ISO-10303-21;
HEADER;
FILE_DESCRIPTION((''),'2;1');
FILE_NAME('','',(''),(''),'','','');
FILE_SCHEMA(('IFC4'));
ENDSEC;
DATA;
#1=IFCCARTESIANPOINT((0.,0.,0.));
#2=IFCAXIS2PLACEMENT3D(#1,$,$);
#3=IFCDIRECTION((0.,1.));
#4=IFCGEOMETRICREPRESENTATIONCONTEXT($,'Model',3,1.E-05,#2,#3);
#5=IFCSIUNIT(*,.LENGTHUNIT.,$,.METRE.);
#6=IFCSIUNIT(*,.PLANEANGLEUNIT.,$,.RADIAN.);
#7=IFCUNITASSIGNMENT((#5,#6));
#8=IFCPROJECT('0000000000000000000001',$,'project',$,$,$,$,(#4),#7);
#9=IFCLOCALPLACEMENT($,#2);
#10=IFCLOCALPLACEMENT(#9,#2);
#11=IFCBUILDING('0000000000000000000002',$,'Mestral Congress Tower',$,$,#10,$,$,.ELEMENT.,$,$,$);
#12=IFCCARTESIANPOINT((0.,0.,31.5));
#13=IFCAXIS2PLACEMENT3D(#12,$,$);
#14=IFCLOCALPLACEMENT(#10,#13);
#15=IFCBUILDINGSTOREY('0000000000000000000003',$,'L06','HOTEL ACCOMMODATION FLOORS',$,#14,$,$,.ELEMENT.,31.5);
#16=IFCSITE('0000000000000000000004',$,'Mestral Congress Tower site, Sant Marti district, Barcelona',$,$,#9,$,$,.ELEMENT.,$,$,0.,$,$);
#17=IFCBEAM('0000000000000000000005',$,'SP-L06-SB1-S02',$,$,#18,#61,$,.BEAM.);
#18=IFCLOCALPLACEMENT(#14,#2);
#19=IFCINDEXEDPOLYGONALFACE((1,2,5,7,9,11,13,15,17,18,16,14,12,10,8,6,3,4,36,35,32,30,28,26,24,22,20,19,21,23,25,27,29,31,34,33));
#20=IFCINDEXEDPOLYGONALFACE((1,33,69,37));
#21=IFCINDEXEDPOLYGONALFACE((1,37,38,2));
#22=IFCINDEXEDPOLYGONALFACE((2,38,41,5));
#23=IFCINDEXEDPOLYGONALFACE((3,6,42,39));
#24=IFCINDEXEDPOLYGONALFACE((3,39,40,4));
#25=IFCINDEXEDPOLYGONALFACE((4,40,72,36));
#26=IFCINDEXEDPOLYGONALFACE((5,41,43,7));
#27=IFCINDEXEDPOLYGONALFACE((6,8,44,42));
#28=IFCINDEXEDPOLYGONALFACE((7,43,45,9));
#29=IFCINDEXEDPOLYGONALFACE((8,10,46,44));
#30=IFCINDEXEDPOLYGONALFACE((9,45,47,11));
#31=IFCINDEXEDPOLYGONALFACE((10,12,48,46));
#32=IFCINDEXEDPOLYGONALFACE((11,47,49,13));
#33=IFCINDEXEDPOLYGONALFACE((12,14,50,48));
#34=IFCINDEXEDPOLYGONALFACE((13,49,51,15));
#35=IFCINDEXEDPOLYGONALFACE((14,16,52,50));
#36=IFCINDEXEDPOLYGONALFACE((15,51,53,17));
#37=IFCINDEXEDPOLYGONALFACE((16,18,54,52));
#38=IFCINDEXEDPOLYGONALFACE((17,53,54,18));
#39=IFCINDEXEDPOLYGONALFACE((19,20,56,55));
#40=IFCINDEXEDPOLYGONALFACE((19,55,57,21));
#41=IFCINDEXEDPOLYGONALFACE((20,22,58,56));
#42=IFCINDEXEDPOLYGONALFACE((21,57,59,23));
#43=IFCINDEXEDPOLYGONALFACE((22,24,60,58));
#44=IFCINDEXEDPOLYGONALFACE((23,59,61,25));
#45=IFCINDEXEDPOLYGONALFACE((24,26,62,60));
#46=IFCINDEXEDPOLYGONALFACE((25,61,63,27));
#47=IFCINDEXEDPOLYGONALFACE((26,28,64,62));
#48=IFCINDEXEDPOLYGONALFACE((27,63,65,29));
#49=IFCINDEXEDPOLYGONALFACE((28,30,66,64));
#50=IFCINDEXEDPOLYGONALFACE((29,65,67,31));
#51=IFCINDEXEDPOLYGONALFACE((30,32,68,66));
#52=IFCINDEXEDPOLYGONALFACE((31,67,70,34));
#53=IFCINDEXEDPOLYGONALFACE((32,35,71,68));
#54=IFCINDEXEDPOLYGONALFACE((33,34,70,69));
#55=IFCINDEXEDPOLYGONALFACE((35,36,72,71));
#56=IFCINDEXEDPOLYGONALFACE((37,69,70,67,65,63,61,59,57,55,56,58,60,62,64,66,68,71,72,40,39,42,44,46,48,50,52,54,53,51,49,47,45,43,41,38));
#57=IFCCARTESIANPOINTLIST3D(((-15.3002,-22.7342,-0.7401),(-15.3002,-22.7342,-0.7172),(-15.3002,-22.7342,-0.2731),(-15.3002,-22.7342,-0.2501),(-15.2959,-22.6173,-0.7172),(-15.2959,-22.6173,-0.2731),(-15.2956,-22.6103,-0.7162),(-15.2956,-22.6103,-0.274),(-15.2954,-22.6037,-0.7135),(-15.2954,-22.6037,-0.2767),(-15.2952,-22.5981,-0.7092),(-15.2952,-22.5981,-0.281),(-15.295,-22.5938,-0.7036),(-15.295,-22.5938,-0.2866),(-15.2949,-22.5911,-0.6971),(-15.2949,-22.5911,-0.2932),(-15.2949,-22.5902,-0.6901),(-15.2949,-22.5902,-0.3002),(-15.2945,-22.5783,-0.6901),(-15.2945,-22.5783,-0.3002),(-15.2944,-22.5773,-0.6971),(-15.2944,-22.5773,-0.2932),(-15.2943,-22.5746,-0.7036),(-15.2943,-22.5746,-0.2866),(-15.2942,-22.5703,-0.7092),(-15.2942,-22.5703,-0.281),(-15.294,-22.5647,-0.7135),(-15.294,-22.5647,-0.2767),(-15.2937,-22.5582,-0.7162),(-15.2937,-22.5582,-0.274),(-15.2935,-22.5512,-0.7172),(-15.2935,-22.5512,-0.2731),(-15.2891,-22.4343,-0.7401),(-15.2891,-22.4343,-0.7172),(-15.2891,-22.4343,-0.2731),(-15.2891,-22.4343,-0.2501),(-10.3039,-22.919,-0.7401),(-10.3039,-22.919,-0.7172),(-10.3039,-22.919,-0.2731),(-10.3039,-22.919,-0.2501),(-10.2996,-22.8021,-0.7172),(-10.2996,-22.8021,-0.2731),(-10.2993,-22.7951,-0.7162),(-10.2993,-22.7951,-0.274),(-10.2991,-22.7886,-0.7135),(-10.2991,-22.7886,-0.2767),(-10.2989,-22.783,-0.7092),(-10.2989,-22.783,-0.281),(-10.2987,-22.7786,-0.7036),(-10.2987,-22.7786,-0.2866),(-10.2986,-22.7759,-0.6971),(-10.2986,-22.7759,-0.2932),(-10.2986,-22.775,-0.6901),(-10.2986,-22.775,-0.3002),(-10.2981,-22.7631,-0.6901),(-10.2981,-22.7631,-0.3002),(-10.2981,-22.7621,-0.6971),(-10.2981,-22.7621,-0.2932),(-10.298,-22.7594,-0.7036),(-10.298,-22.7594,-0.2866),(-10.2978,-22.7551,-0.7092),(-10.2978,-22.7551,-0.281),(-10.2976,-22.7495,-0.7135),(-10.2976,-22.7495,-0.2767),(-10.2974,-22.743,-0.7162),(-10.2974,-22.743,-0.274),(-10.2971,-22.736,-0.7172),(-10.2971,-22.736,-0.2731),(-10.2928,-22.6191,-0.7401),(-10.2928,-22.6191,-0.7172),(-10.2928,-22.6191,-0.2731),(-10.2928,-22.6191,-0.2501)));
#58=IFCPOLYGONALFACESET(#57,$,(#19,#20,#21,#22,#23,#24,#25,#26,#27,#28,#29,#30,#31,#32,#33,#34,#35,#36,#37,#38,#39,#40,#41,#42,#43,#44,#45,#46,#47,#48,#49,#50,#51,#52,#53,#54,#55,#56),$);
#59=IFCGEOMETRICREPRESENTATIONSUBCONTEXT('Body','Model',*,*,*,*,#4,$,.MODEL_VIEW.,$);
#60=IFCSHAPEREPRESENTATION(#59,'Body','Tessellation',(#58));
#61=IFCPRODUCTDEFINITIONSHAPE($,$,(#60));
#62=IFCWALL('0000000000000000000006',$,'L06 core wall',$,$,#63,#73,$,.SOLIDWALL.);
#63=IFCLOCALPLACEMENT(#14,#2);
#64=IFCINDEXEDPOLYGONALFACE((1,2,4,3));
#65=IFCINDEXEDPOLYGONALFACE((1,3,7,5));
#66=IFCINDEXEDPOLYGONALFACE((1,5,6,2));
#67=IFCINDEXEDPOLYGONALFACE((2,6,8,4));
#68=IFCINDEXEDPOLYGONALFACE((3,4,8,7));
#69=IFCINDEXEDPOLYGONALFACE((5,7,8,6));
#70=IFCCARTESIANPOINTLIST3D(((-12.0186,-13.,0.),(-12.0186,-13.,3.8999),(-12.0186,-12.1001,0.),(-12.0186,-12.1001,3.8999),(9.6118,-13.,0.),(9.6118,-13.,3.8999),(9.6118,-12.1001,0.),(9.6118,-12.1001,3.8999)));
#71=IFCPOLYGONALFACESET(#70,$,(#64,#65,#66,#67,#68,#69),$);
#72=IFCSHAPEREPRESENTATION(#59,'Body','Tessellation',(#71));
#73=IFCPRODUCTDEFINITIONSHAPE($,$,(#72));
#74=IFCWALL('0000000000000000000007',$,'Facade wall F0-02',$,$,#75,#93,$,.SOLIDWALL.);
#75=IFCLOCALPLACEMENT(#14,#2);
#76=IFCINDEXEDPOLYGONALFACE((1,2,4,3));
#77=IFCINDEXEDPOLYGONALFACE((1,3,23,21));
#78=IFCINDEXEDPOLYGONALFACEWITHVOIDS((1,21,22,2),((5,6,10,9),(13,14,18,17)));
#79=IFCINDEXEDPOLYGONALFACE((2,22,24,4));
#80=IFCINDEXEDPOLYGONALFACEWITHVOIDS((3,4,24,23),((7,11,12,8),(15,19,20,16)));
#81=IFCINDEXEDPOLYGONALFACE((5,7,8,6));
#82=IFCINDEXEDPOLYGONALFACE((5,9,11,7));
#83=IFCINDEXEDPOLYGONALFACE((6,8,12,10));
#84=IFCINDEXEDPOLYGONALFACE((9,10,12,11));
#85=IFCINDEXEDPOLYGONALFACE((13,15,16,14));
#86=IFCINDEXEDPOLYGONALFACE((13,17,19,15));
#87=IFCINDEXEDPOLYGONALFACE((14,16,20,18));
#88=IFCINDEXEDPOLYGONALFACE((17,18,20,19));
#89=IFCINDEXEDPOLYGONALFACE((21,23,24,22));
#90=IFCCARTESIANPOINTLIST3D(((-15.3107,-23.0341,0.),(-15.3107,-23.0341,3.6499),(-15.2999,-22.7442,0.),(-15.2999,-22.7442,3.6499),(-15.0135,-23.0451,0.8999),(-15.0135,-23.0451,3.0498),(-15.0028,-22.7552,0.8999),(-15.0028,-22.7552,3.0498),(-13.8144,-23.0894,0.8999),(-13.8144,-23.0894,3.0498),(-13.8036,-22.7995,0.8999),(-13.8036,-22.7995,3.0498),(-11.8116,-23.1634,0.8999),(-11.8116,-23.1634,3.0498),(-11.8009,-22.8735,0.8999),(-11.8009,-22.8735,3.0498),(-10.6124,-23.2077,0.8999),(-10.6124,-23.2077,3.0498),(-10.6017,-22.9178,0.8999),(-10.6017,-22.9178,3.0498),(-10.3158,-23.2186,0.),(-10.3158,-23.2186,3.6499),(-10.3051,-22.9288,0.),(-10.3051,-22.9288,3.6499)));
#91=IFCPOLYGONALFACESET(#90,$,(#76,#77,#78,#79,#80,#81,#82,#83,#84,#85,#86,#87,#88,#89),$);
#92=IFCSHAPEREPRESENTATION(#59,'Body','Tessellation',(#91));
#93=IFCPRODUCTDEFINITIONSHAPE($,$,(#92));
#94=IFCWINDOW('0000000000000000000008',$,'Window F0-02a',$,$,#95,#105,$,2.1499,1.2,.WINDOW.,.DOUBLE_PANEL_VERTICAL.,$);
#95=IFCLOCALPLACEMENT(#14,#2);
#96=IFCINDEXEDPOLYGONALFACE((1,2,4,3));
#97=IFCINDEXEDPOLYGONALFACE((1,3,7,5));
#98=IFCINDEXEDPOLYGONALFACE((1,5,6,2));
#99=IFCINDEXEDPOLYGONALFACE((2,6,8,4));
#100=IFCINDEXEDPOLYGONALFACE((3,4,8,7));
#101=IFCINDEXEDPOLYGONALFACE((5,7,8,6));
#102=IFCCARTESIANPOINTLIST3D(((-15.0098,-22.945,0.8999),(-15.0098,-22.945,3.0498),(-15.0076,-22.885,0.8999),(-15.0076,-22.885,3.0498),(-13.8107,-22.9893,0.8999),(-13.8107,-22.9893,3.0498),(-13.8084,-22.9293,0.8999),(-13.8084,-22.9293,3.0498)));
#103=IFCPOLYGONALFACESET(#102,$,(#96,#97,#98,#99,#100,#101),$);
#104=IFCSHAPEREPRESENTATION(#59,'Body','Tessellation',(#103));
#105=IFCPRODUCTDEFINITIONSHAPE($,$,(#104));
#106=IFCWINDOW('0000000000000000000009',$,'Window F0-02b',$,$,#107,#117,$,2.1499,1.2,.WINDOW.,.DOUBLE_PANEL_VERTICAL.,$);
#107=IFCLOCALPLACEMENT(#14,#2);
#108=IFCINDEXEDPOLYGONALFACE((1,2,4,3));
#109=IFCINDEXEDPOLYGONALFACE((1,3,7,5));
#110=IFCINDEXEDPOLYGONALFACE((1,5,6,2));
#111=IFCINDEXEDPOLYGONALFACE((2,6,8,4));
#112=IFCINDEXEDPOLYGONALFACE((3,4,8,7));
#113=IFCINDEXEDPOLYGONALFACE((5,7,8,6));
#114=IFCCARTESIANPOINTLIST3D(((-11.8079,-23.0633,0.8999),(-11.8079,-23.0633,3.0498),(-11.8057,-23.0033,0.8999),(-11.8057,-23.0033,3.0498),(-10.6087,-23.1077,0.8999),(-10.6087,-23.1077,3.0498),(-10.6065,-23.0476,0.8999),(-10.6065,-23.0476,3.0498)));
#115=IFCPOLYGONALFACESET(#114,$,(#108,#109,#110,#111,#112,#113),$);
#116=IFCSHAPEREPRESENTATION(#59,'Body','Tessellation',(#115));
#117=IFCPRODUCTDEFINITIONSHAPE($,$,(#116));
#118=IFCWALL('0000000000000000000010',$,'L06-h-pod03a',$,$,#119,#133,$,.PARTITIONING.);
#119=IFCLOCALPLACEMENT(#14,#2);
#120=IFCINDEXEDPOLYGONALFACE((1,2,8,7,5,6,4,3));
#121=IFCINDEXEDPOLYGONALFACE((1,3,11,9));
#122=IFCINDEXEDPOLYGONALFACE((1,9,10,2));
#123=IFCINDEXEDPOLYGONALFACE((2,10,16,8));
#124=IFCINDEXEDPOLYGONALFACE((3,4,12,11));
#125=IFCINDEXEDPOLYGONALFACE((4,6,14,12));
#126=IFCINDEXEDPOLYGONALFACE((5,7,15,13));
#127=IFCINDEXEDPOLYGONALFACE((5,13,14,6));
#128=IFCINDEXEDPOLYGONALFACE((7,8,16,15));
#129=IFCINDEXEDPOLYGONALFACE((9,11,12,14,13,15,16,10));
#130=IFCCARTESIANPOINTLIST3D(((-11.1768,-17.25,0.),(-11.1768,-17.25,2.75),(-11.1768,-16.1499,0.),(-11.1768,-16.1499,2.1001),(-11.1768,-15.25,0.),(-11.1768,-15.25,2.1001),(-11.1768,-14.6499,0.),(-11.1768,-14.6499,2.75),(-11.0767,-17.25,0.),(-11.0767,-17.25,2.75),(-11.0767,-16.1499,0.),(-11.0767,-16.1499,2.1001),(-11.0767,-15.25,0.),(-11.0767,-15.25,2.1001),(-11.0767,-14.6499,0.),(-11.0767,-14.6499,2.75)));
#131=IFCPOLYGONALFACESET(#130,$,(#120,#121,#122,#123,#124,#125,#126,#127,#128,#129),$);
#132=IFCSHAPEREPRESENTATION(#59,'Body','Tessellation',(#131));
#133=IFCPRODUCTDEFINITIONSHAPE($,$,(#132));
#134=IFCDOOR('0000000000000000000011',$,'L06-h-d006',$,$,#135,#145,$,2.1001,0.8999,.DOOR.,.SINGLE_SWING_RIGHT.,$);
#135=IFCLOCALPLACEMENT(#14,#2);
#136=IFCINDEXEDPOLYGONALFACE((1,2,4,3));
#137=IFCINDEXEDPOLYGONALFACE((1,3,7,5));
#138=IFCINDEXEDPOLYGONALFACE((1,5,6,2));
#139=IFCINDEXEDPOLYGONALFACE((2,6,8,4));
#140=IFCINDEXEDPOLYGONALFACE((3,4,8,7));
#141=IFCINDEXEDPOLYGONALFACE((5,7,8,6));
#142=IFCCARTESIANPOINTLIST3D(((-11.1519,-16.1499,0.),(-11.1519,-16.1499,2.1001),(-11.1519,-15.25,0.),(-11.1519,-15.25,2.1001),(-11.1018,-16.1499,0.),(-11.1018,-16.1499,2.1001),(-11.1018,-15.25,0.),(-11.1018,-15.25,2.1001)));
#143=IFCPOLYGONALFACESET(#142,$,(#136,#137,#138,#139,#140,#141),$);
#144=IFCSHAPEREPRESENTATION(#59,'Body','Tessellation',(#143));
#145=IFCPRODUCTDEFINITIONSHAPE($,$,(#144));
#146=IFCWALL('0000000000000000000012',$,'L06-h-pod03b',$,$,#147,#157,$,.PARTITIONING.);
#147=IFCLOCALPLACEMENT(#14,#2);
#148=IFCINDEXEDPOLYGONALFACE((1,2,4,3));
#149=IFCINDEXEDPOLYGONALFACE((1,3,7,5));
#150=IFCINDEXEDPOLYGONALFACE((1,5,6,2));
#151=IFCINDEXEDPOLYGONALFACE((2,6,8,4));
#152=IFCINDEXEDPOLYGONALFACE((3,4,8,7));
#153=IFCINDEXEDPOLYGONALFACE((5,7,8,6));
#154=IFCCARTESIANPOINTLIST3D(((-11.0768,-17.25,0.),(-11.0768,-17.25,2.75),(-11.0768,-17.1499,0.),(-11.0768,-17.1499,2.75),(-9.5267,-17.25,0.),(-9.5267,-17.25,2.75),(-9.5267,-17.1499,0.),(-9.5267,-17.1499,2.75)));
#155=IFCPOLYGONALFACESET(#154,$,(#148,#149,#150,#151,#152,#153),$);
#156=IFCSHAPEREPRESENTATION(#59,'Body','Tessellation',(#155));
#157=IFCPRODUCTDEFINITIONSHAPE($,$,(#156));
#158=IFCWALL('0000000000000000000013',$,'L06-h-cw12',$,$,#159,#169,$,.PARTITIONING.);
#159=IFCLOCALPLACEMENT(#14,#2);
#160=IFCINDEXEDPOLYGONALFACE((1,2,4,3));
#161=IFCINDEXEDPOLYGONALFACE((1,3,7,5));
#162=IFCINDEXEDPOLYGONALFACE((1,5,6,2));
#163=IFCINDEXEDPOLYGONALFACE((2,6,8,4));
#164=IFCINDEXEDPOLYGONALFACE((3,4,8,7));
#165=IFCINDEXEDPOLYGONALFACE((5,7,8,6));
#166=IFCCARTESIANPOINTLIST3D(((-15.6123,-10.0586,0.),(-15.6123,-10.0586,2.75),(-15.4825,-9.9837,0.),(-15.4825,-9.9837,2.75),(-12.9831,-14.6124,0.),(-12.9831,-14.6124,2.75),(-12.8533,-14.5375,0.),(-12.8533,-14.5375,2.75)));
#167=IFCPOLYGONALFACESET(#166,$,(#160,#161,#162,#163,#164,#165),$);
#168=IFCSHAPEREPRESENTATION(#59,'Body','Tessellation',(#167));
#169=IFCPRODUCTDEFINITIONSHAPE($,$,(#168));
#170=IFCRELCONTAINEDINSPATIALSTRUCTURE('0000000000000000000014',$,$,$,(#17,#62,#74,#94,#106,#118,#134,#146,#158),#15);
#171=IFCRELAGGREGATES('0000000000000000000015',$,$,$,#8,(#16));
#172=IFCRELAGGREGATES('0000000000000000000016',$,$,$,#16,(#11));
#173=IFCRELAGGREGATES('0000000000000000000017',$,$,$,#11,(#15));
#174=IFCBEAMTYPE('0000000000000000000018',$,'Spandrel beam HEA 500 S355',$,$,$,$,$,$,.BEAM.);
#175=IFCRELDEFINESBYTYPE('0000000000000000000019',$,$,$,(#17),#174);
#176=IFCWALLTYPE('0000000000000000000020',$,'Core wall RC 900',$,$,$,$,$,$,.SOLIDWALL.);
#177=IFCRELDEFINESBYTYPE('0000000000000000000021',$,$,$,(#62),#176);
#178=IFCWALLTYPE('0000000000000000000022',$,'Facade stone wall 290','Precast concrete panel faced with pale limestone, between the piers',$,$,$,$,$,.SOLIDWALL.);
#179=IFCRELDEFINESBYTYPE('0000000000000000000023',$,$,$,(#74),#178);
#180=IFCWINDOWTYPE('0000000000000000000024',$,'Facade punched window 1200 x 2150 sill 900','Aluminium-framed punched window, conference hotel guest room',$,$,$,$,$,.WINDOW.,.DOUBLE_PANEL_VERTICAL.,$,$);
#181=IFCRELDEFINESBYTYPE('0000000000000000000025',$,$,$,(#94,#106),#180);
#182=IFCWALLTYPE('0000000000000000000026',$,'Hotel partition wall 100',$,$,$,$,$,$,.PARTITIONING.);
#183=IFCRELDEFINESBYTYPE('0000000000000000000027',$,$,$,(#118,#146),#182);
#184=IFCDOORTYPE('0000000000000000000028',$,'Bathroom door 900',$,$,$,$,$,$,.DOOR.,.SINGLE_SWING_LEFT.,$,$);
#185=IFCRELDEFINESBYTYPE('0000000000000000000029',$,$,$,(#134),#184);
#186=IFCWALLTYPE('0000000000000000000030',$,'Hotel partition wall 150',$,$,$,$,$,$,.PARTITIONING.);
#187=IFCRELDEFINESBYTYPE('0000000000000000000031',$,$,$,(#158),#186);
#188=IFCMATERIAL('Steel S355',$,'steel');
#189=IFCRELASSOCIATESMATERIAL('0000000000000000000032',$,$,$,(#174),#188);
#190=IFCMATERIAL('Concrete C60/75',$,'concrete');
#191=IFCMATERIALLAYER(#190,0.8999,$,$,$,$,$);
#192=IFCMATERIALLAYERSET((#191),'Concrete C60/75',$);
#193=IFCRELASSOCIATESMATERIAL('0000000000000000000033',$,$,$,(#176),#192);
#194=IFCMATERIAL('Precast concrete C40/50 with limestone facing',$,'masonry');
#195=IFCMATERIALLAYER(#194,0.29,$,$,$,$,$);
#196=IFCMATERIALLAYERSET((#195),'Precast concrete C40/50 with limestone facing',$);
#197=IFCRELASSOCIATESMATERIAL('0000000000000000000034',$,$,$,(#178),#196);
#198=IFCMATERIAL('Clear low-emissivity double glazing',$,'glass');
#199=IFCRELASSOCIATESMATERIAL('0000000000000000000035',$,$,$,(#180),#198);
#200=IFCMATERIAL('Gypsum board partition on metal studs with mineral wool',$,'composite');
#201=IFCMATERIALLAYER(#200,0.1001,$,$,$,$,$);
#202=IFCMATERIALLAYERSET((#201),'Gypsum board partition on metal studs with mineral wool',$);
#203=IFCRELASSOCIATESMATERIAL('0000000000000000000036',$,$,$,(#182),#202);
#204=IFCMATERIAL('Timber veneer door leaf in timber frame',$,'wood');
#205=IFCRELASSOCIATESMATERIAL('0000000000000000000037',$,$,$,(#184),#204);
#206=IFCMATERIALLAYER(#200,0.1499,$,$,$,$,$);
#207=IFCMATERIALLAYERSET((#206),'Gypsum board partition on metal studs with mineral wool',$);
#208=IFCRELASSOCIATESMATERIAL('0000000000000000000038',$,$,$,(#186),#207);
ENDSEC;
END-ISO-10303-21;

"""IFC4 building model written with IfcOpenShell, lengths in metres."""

from ifc_helpers import new_model, si_unit, direction, frame, frame_2d, origin, origin_2d, place, context, subcontext, project, spatial, rectangle, i_section, extrude, material, layer, layer_set, material_profile, profile_set, type_object, element, fill, save


model = new_model("IFC4")

# Units and contexts
model_context = context("Model", 3, precision=1e-05, world=origin(), true_north=direction((0.0, 1.0)))
body_context = subcontext(model_context, "Body", "Model", "MODEL_VIEW")
ifc_project = project(units=[si_unit("LENGTHUNIT", "METRE"), si_unit("PLANEANGLEUNIT", "RADIAN")], contexts=[model_context])

# Site, building, storey
site_placement = place(None, origin())
site = spatial("IfcSite", under=ifc_project, at=site_placement, Name="Mestral Congress Tower site, Sant Marti district, Barcelona", CompositionType="ELEMENT", RefElevation=0.0)
building_placement = place(site_placement, origin())
building = spatial("IfcBuilding", under=site, at=building_placement, Name="Mestral Congress Tower", CompositionType="ELEMENT")
storey_placement = place(building_placement, frame((0.0, 0.0, 31.5)))
storey = spatial("IfcBuildingStorey", under=building, at=storey_placement, Name="L06", Description="HOTEL ACCOMMODATION FLOORS", CompositionType="ELEMENT", Elevation=31.5)

# Beam
ifc_material_1 = material(Name="Steel S355", Category="steel")
ifc_material_profile_1 = material_profile(ifc_material_1, i_section(OverallWidth=0.3, OverallDepth=0.49, WebThickness=0.012, FlangeThickness=0.0229, FilletRadius=0.0271, at=origin_2d()), Name="HEA 500")
ifc_profile_set_1 = profile_set([ifc_material_profile_1], Name="Steel S355")
beam_type_1 = type_object("IfcBeamType", Name="Spandrel beam HEA 500 S355", PredefinedType="BEAM", material=ifc_profile_set_1)
beam_1_placement = place(storey_placement, frame((-15.2947, -22.5842, -0.4951), z_axis=(0.999317, -0.036965, 0.0), x_axis=(0.036965, 0.999317, 0.0)))
element("IfcBeam", 1, at=beam_1_placement, inside=storey, type_object=beam_type_1, Name="SP-L06-SB1-S02", PredefinedType="BEAM", context=body_context, shape_type="SweptSolid", body=[
    extrude(i_section(OverallWidth=0.3, OverallDepth=0.49, WebThickness=0.012, FlangeThickness=0.0229, FilletRadius=0.0271, at=origin_2d()), origin(), (0.0, 0.0, 1.0), 4.9998),
])

# Wall
ifc_material_2 = material(Name="Concrete C60/75", Category="concrete")
ifc_layer_1 = layer(ifc_material_2, 0.8999)
ifc_layer_set_1 = layer_set([ifc_layer_1], Name="Concrete C60/75")
wall_type_1 = type_object("IfcWallType", Name="Core wall RC 900", PredefinedType="SOLIDWALL", material=ifc_layer_set_1)
wall_1_placement = place(storey_placement, frame((-12.0186, -12.55, 0.0), z_axis=(0.0, 0.0, 1.0), x_axis=(1.0, 0.0, 0.0)))
element("IfcWall", 2, at=wall_1_placement, inside=storey, type_object=wall_type_1, Name="L06 core wall", PredefinedType="SOLIDWALL", context=body_context, shape_type="SweptSolid", body=[
    extrude(rectangle(XDim=21.6304, YDim=0.8999, at=frame_2d((10.8152, 0.0))), origin(), (0.0, 0.0, 1.0), 3.8999),
])

# Wall, openings, windows
ifc_material_3 = material(Name="Precast concrete C40/50 with limestone facing", Category="masonry")
ifc_layer_2 = layer(ifc_material_3, 0.29)
ifc_layer_set_2 = layer_set([ifc_layer_2], Name="Precast concrete C40/50 with limestone facing")
wall_type_2 = type_object("IfcWallType", Name="Facade stone wall 290", Description="Precast concrete panel faced with pale limestone, between the piers", PredefinedType="SOLIDWALL", material=ifc_layer_set_2)
wall_2_placement = place(storey_placement, frame((-15.3052, -22.8892, 0.0), z_axis=(0.0, 0.0, 1.0), x_axis=(0.999318, -0.036927, 0.0)))
wall_2 = element("IfcWall", 3, at=wall_2_placement, inside=storey, type_object=wall_type_2, Name="Facade wall F0-02", PredefinedType="SOLIDWALL", context=body_context, shape_type="SweptSolid", body=[
    extrude(rectangle(XDim=4.9983, YDim=0.29, at=frame_2d((2.499, 0.0))), origin(), (0.0, 0.0, 1.0), 3.6499),
])
opening_1_placement = place(wall_2_placement, frame((0.2971, 0.0, 0.8999)))
opening_1 = element("IfcOpeningElement", 4, at=opening_1_placement, cuts=wall_2, PredefinedType="OPENING", context=body_context, shape_type="SweptSolid", body=[
    extrude(rectangle(XDim=1.2, YDim=2.1499, at=frame_2d((0.6001, 1.075))), frame((0.0, 0.155, 0.0), z_axis=(0.0, -1.0, 0.0), x_axis=(1.0, 0.0, 0.0)), (0.0, 0.0, 1.0), 0.3101),
])
opening_2_placement = place(wall_2_placement, frame((3.5012, 0.0, 0.8999)))
opening_2 = element("IfcOpeningElement", 5, at=opening_2_placement, cuts=wall_2, PredefinedType="OPENING", context=body_context, shape_type="SweptSolid", body=[
    extrude(rectangle(XDim=1.2, YDim=2.1499, at=frame_2d((0.6001, 1.075))), frame((0.0, 0.155, 0.0), z_axis=(0.0, -1.0, 0.0), x_axis=(1.0, 0.0, 0.0)), (0.0, 0.0, 1.0), 0.3101),
])
ifc_material_4 = material(Name="Clear low-emissivity double glazing", Category="glass")
window_type = type_object("IfcWindowType", Name="Facade punched window 1200 x 2150 sill 900", Description="Aluminium-framed punched window, conference hotel guest room", PartitioningType="DOUBLE_PANEL_VERTICAL", PredefinedType="WINDOW", material=ifc_material_4)
window_1_placement = place(opening_1_placement, origin())
window_1 = element("IfcWindow", 6, at=window_1_placement, inside=storey, type_object=window_type, Name="Window F0-02a", OverallHeight=2.1499, OverallWidth=1.2, PartitioningType="DOUBLE_PANEL_VERTICAL", PredefinedType="WINDOW", context=body_context, shape_type="SweptSolid", body=[
    extrude(rectangle(XDim=1.2, YDim=2.1499, at=frame_2d((0.6001, 1.075))), frame((0.0, 0.0151, 0.0), z_axis=(0.0, -1.0, 0.0), x_axis=(1.0, 0.0, 0.0)), (0.0, 0.0, 1.0), 0.0601),
])
fill(opening_1, window_1)
window_2_placement = place(opening_2_placement, origin())
window_2 = element("IfcWindow", 7, at=window_2_placement, inside=storey, type_object=window_type, Name="Window F0-02b", OverallHeight=2.1499, OverallWidth=1.2, PartitioningType="DOUBLE_PANEL_VERTICAL", PredefinedType="WINDOW", context=body_context, shape_type="SweptSolid", body=[
    extrude(rectangle(XDim=1.2, YDim=2.1499, at=frame_2d((0.6001, 1.075))), frame((0.0, 0.0151, 0.0), z_axis=(0.0, -1.0, 0.0), x_axis=(1.0, 0.0, 0.0)), (0.0, 0.0, 1.0), 0.0601),
])
fill(opening_2, window_2)

# Wall, opening, door
ifc_material_5 = material(Name="Gypsum board partition on metal studs with mineral wool", Category="composite")
ifc_layer_3 = layer(ifc_material_5, 0.1001)
ifc_layer_set_3 = layer_set([ifc_layer_3], Name="Gypsum board partition on metal studs with mineral wool")
wall_type_3 = type_object("IfcWallType", Name="Hotel partition wall 100", PredefinedType="PARTITIONING", material=ifc_layer_set_3)
wall_3_placement = place(storey_placement, frame((-11.1267, -14.6499, 0.0), z_axis=(0.0, 0.0, 1.0), x_axis=(0.0, -1.0, 0.0)))
wall_3 = element("IfcWall", 8, at=wall_3_placement, inside=storey, type_object=wall_type_3, Name="L06-h-pod03a", PredefinedType="PARTITIONING", context=body_context, shape_type="SweptSolid", body=[
    extrude(rectangle(XDim=2.6001, YDim=0.1001, at=frame_2d((1.3, 0.0))), origin(), (0.0, 0.0, 1.0), 2.75),
])
opening_3_placement = place(wall_3_placement, frame((0.6001, 0.0, 0.0)))
opening_3 = element("IfcOpeningElement", 9, at=opening_3_placement, cuts=wall_3, PredefinedType="OPENING", context=body_context, shape_type="SweptSolid", body=[
    extrude(rectangle(XDim=0.8999, YDim=2.1001, at=frame_2d((0.45, 1.05))), frame((0.0, 0.0601, 0.0), z_axis=(0.0, -1.0, 0.0), x_axis=(1.0, 0.0, 0.0)), (0.0, 0.0, 1.0), 0.1201),
])
ifc_material_6 = material(Name="Timber veneer door leaf in timber frame", Category="wood")
door_type = type_object("IfcDoorType", Name="Bathroom door 900", OperationType="SINGLE_SWING_LEFT", PredefinedType="DOOR", material=ifc_material_6)
door_placement = place(opening_3_placement, origin())
door = element("IfcDoor", 10, at=door_placement, inside=storey, type_object=door_type, Name="L06-h-d006", OperationType="SINGLE_SWING_RIGHT", OverallHeight=2.1001, OverallWidth=0.8999, PredefinedType="DOOR", context=body_context, shape_type="SweptSolid", body=[
    extrude(rectangle(XDim=0.8999, YDim=2.1001, at=frame_2d((0.45, 1.05))), frame((0.0, 0.0249, 0.0), z_axis=(0.0, -1.0, 0.0), x_axis=(1.0, 0.0, 0.0)), (0.0, 0.0, 1.0), 0.05),
])
fill(opening_3, door)

# Walls
wall_4_placement = place(storey_placement, frame((-11.0767, -17.2, 0.0), z_axis=(0.0, 0.0, 1.0), x_axis=(1.0, 0.0, 0.0)))
element("IfcWall", 11, at=wall_4_placement, inside=storey, type_object=wall_type_3, Name="L06-h-pod03b", PredefinedType="PARTITIONING", context=body_context, shape_type="SweptSolid", body=[
    extrude(rectangle(XDim=1.55, YDim=0.1001, at=frame_2d((0.7749, 0.0))), origin(), (0.0, 0.0, 1.0), 2.75),
])
ifc_layer_4 = layer(ifc_material_5, 0.1499)
ifc_layer_set_4 = layer_set([ifc_layer_4], Name="Gypsum board partition on metal studs with mineral wool")
wall_type_4 = type_object("IfcWallType", Name="Hotel partition wall 150", PredefinedType="PARTITIONING", material=ifc_layer_set_4)
wall_5_placement = place(storey_placement, frame((-12.9182, -14.575, 0.0), z_axis=(0.0, 0.0, 1.0), x_axis=(-0.500009, 0.86602, 0.0)))
element("IfcWall", 12, at=wall_5_placement, inside=storey, type_object=wall_type_4, Name="L06-h-cw12", PredefinedType="PARTITIONING", context=body_context, shape_type="SweptSolid", body=[
    extrude(rectangle(XDim=5.2583, YDim=0.1499, at=frame_2d((2.6292, 0.0))), origin(), (0.0, 0.0, 1.0), 2.75),
])

save(model, "model.ifc")
